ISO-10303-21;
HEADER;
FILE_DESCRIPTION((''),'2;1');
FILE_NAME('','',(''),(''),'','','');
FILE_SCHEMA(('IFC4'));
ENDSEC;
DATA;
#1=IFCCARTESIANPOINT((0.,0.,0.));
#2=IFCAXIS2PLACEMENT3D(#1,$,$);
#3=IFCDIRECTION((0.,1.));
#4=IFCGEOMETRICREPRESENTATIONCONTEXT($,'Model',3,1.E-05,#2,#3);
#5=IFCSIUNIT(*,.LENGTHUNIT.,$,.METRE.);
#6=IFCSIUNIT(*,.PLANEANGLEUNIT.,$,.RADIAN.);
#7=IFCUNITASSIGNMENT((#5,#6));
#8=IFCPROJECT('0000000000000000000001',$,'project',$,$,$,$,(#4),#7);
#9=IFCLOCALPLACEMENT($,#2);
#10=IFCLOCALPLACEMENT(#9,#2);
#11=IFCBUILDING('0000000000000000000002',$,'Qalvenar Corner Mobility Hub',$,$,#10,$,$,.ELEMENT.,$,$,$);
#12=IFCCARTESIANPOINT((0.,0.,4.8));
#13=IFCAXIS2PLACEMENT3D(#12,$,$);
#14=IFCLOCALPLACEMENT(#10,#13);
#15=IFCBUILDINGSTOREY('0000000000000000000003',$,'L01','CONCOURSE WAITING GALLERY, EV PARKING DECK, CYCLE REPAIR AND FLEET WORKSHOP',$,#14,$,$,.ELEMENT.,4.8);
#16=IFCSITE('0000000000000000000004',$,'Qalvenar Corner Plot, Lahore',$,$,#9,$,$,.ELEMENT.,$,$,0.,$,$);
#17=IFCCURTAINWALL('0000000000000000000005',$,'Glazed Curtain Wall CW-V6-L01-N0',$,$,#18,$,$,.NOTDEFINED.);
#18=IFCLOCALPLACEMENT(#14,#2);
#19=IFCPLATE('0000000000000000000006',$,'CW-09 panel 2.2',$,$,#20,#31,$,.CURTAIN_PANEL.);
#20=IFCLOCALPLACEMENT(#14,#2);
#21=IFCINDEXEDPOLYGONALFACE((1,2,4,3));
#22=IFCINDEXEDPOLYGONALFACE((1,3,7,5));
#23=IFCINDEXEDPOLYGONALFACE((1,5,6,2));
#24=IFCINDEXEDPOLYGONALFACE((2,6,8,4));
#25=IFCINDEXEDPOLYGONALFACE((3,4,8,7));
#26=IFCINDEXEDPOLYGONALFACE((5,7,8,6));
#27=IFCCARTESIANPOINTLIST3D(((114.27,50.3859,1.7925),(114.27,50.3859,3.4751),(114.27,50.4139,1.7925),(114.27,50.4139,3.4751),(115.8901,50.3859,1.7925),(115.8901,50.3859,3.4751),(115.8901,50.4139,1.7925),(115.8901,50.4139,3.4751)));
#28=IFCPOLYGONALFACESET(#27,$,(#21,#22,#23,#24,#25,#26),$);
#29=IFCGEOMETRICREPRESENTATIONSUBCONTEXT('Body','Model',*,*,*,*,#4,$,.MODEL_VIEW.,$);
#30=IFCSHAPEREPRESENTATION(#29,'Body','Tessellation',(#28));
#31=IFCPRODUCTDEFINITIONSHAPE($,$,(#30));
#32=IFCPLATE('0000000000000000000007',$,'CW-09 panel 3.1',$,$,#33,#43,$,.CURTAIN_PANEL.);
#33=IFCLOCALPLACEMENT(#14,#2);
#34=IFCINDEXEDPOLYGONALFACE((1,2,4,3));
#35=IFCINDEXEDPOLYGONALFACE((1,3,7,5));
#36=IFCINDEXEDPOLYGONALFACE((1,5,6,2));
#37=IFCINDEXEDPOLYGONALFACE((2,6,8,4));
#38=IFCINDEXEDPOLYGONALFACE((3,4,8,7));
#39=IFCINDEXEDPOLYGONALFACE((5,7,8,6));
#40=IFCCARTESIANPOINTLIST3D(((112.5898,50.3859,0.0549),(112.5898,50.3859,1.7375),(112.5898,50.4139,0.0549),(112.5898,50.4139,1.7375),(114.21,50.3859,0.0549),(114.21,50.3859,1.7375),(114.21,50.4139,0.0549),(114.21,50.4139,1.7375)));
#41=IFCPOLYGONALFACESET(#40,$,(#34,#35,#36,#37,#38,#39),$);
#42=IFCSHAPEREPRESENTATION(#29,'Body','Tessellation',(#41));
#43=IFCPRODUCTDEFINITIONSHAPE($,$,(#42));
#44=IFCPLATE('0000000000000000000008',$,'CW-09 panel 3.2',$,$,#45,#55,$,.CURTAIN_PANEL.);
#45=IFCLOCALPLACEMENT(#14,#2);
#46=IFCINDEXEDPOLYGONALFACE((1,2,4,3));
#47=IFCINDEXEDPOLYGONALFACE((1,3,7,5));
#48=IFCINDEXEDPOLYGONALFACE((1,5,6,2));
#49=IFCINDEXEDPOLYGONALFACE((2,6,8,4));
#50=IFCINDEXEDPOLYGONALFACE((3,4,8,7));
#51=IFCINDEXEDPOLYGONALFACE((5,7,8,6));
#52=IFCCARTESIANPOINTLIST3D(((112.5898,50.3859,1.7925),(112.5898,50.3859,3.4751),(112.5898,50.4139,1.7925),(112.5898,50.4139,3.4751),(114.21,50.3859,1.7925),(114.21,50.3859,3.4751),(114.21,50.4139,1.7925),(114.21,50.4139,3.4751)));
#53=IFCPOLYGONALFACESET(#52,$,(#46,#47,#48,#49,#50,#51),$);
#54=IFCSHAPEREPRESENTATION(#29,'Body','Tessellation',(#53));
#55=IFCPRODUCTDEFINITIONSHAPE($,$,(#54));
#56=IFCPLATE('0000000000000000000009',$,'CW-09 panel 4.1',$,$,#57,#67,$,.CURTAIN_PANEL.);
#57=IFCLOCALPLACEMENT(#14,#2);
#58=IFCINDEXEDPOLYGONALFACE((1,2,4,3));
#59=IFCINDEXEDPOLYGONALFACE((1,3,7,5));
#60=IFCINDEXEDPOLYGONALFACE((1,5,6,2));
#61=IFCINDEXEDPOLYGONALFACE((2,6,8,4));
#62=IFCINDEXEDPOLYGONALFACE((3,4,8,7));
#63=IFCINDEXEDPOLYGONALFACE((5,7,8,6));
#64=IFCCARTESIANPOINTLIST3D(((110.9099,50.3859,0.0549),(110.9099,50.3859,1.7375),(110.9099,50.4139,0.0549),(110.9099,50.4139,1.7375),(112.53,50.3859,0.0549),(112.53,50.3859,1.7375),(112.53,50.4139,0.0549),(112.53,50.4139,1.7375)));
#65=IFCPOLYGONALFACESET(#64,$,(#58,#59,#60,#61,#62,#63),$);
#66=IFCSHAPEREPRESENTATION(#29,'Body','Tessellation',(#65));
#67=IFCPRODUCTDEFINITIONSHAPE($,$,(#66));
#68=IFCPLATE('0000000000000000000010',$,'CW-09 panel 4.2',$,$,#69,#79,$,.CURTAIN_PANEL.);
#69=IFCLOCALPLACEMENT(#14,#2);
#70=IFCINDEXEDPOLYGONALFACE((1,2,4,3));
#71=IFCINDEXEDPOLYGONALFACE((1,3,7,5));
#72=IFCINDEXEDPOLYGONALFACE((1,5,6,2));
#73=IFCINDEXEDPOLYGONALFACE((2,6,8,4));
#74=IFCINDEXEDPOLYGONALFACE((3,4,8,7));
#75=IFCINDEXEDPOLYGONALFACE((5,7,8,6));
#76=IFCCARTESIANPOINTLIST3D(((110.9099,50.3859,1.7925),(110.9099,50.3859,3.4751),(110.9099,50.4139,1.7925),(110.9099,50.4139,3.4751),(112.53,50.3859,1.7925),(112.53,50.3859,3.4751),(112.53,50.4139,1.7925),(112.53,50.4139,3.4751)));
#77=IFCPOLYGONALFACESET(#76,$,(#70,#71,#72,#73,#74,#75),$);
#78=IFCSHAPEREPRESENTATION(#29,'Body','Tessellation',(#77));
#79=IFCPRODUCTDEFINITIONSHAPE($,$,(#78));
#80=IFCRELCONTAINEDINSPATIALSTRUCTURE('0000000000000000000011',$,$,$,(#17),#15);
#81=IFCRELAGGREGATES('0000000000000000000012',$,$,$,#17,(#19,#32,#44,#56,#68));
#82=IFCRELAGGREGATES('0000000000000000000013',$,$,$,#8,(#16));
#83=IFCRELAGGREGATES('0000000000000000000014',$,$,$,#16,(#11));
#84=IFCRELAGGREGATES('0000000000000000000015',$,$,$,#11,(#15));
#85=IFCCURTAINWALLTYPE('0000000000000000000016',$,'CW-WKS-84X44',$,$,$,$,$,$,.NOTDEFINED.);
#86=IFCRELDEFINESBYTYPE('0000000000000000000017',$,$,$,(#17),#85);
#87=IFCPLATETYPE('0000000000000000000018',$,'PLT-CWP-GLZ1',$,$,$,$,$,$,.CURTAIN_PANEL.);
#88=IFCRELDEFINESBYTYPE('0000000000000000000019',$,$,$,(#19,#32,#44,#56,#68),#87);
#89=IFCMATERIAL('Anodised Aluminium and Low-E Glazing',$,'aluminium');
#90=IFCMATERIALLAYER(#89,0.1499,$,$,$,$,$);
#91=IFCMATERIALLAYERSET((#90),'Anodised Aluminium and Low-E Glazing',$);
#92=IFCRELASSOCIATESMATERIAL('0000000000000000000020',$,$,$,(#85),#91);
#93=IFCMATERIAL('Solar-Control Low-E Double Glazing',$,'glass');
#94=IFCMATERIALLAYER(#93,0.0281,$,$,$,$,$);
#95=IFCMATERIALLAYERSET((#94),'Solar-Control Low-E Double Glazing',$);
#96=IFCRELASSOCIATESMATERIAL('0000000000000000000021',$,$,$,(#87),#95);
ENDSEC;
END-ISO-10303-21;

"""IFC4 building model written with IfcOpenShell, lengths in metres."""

from ifc_helpers import new_model, si_unit, direction, frame, origin, origin_2d, place, context, subcontext, project, spatial, rectangle, extrude, material, layer, layer_set, type_object, element, aggregate, save


model = new_model("IFC4")

# Units and contexts
model_context = context("Model", 3, precision=1e-05, world=origin(), true_north=direction((0.0, 1.0)))
body_context = subcontext(model_context, "Body", "Model", "MODEL_VIEW")
ifc_project = project(units=[si_unit("LENGTHUNIT", "METRE"), si_unit("PLANEANGLEUNIT", "RADIAN")], contexts=[model_context])

# Site, building, storey
site_placement = place(None, origin())
site = spatial("IfcSite", under=ifc_project, at=site_placement, Name="Qalvenar Corner Plot, Lahore", CompositionType="ELEMENT", RefElevation=0.0)
building_placement = place(site_placement, origin())
building = spatial("IfcBuilding", under=site, at=building_placement, Name="Qalvenar Corner Mobility Hub", CompositionType="ELEMENT")
storey_placement = place(building_placement, frame((0.0, 0.0, 4.8)))
storey = spatial("IfcBuildingStorey", under=building, at=storey_placement, Name="L01", Description="CONCOURSE WAITING GALLERY, EV PARKING DECK, CYCLE REPAIR AND FLEET WORKSHOP", CompositionType="ELEMENT", Elevation=4.8)

# Curtain wall
ifc_material_1 = material(Name="Anodised Aluminium and Low-E Glazing", Category="aluminium")
ifc_layer_1 = layer(ifc_material_1, 0.1499)
ifc_layer_set_1 = layer_set([ifc_layer_1], Name="Anodised Aluminium and Low-E Glazing")
curtain_wall_type = type_object("IfcCurtainWallType", Name="CW-WKS-84X44", PredefinedType="NOTDEFINED", material=ifc_layer_set_1)
curtain_wall_placement = place(storey_placement, origin())
curtain_wall = element("IfcCurtainWall", 1, at=curtain_wall_placement, inside=storey, type_object=curtain_wall_type, Name="Glazed Curtain Wall CW-V6-L01-N0", PredefinedType="NOTDEFINED")

# Plates
ifc_material_2 = material(Name="Solar-Control Low-E Double Glazing", Category="glass")
ifc_layer_2 = layer(ifc_material_2, 0.0281)
ifc_layer_set_2 = layer_set([ifc_layer_2], Name="Solar-Control Low-E Double Glazing")
plate_type_1 = type_object("IfcPlateType", Name="PLT-CWP-GLZ1", PredefinedType="CURTAIN_PANEL", material=ifc_layer_set_2)
plate_1_placement = place(storey_placement, frame((115.0801, 50.3999, 1.7925), z_axis=(0.0, 0.0, 1.0), x_axis=(-1.0, 0.0, 0.0)))
plate_1 = element("IfcPlate", 2, at=plate_1_placement, type_object=plate_type_1, Name="CW-09 panel 2.2", PredefinedType="CURTAIN_PANEL", context=body_context, shape_type="SweptSolid", body=[
    extrude(rectangle(XDim=1.6201, YDim=0.0281, at=origin_2d()), origin(), (0.0, 0.0, 1.0), 1.6826),
])
plate_2_placement = place(storey_placement, frame((113.3999, 50.3999, 0.0549), z_axis=(0.0, 0.0, 1.0), x_axis=(-1.0, 0.0, 0.0)))
plate_2 = element("IfcPlate", 3, at=plate_2_placement, type_object=plate_type_1, Name="CW-09 panel 3.1", PredefinedType="CURTAIN_PANEL", context=body_context, shape_type="SweptSolid", body=[
    extrude(rectangle(XDim=1.6201, YDim=0.0281, at=origin_2d()), origin(), (0.0, 0.0, 1.0), 1.6826),
])
plate_3_placement = place(storey_placement, frame((113.3999, 50.3999, 1.7925), z_axis=(0.0, 0.0, 1.0), x_axis=(-1.0, 0.0, 0.0)))
plate_3 = element("IfcPlate", 4, at=plate_3_placement, type_object=plate_type_1, Name="CW-09 panel 3.2", PredefinedType="CURTAIN_PANEL", context=body_context, shape_type="SweptSolid", body=[
    extrude(rectangle(XDim=1.6201, YDim=0.0281, at=origin_2d()), origin(), (0.0, 0.0, 1.0), 1.6826),
])
plate_4_placement = place(storey_placement, frame((111.72, 50.3999, 0.0549), z_axis=(0.0, 0.0, 1.0), x_axis=(-1.0, 0.0, 0.0)))
plate_4 = element("IfcPlate", 5, at=plate_4_placement, type_object=plate_type_1, Name="CW-09 panel 4.1", PredefinedType="CURTAIN_PANEL", context=body_context, shape_type="SweptSolid", body=[
    extrude(rectangle(XDim=1.6201, YDim=0.0281, at=origin_2d()), origin(), (0.0, 0.0, 1.0), 1.6826),
])
plate_5_placement = place(storey_placement, frame((111.72, 50.3999, 1.7925), z_axis=(0.0, 0.0, 1.0), x_axis=(-1.0, 0.0, 0.0)))
plate_5 = element("IfcPlate", 6, at=plate_5_placement, type_object=plate_type_1, Name="CW-09 panel 4.2", PredefinedType="CURTAIN_PANEL", context=body_context, shape_type="SweptSolid", body=[
    extrude(rectangle(XDim=1.6201, YDim=0.0281, at=origin_2d()), origin(), (0.0, 0.0, 1.0), 1.6826),
])
aggregate(curtain_wall, [plate_1, plate_2, plate_3, plate_4, plate_5])

save(model, "model.ifc")
